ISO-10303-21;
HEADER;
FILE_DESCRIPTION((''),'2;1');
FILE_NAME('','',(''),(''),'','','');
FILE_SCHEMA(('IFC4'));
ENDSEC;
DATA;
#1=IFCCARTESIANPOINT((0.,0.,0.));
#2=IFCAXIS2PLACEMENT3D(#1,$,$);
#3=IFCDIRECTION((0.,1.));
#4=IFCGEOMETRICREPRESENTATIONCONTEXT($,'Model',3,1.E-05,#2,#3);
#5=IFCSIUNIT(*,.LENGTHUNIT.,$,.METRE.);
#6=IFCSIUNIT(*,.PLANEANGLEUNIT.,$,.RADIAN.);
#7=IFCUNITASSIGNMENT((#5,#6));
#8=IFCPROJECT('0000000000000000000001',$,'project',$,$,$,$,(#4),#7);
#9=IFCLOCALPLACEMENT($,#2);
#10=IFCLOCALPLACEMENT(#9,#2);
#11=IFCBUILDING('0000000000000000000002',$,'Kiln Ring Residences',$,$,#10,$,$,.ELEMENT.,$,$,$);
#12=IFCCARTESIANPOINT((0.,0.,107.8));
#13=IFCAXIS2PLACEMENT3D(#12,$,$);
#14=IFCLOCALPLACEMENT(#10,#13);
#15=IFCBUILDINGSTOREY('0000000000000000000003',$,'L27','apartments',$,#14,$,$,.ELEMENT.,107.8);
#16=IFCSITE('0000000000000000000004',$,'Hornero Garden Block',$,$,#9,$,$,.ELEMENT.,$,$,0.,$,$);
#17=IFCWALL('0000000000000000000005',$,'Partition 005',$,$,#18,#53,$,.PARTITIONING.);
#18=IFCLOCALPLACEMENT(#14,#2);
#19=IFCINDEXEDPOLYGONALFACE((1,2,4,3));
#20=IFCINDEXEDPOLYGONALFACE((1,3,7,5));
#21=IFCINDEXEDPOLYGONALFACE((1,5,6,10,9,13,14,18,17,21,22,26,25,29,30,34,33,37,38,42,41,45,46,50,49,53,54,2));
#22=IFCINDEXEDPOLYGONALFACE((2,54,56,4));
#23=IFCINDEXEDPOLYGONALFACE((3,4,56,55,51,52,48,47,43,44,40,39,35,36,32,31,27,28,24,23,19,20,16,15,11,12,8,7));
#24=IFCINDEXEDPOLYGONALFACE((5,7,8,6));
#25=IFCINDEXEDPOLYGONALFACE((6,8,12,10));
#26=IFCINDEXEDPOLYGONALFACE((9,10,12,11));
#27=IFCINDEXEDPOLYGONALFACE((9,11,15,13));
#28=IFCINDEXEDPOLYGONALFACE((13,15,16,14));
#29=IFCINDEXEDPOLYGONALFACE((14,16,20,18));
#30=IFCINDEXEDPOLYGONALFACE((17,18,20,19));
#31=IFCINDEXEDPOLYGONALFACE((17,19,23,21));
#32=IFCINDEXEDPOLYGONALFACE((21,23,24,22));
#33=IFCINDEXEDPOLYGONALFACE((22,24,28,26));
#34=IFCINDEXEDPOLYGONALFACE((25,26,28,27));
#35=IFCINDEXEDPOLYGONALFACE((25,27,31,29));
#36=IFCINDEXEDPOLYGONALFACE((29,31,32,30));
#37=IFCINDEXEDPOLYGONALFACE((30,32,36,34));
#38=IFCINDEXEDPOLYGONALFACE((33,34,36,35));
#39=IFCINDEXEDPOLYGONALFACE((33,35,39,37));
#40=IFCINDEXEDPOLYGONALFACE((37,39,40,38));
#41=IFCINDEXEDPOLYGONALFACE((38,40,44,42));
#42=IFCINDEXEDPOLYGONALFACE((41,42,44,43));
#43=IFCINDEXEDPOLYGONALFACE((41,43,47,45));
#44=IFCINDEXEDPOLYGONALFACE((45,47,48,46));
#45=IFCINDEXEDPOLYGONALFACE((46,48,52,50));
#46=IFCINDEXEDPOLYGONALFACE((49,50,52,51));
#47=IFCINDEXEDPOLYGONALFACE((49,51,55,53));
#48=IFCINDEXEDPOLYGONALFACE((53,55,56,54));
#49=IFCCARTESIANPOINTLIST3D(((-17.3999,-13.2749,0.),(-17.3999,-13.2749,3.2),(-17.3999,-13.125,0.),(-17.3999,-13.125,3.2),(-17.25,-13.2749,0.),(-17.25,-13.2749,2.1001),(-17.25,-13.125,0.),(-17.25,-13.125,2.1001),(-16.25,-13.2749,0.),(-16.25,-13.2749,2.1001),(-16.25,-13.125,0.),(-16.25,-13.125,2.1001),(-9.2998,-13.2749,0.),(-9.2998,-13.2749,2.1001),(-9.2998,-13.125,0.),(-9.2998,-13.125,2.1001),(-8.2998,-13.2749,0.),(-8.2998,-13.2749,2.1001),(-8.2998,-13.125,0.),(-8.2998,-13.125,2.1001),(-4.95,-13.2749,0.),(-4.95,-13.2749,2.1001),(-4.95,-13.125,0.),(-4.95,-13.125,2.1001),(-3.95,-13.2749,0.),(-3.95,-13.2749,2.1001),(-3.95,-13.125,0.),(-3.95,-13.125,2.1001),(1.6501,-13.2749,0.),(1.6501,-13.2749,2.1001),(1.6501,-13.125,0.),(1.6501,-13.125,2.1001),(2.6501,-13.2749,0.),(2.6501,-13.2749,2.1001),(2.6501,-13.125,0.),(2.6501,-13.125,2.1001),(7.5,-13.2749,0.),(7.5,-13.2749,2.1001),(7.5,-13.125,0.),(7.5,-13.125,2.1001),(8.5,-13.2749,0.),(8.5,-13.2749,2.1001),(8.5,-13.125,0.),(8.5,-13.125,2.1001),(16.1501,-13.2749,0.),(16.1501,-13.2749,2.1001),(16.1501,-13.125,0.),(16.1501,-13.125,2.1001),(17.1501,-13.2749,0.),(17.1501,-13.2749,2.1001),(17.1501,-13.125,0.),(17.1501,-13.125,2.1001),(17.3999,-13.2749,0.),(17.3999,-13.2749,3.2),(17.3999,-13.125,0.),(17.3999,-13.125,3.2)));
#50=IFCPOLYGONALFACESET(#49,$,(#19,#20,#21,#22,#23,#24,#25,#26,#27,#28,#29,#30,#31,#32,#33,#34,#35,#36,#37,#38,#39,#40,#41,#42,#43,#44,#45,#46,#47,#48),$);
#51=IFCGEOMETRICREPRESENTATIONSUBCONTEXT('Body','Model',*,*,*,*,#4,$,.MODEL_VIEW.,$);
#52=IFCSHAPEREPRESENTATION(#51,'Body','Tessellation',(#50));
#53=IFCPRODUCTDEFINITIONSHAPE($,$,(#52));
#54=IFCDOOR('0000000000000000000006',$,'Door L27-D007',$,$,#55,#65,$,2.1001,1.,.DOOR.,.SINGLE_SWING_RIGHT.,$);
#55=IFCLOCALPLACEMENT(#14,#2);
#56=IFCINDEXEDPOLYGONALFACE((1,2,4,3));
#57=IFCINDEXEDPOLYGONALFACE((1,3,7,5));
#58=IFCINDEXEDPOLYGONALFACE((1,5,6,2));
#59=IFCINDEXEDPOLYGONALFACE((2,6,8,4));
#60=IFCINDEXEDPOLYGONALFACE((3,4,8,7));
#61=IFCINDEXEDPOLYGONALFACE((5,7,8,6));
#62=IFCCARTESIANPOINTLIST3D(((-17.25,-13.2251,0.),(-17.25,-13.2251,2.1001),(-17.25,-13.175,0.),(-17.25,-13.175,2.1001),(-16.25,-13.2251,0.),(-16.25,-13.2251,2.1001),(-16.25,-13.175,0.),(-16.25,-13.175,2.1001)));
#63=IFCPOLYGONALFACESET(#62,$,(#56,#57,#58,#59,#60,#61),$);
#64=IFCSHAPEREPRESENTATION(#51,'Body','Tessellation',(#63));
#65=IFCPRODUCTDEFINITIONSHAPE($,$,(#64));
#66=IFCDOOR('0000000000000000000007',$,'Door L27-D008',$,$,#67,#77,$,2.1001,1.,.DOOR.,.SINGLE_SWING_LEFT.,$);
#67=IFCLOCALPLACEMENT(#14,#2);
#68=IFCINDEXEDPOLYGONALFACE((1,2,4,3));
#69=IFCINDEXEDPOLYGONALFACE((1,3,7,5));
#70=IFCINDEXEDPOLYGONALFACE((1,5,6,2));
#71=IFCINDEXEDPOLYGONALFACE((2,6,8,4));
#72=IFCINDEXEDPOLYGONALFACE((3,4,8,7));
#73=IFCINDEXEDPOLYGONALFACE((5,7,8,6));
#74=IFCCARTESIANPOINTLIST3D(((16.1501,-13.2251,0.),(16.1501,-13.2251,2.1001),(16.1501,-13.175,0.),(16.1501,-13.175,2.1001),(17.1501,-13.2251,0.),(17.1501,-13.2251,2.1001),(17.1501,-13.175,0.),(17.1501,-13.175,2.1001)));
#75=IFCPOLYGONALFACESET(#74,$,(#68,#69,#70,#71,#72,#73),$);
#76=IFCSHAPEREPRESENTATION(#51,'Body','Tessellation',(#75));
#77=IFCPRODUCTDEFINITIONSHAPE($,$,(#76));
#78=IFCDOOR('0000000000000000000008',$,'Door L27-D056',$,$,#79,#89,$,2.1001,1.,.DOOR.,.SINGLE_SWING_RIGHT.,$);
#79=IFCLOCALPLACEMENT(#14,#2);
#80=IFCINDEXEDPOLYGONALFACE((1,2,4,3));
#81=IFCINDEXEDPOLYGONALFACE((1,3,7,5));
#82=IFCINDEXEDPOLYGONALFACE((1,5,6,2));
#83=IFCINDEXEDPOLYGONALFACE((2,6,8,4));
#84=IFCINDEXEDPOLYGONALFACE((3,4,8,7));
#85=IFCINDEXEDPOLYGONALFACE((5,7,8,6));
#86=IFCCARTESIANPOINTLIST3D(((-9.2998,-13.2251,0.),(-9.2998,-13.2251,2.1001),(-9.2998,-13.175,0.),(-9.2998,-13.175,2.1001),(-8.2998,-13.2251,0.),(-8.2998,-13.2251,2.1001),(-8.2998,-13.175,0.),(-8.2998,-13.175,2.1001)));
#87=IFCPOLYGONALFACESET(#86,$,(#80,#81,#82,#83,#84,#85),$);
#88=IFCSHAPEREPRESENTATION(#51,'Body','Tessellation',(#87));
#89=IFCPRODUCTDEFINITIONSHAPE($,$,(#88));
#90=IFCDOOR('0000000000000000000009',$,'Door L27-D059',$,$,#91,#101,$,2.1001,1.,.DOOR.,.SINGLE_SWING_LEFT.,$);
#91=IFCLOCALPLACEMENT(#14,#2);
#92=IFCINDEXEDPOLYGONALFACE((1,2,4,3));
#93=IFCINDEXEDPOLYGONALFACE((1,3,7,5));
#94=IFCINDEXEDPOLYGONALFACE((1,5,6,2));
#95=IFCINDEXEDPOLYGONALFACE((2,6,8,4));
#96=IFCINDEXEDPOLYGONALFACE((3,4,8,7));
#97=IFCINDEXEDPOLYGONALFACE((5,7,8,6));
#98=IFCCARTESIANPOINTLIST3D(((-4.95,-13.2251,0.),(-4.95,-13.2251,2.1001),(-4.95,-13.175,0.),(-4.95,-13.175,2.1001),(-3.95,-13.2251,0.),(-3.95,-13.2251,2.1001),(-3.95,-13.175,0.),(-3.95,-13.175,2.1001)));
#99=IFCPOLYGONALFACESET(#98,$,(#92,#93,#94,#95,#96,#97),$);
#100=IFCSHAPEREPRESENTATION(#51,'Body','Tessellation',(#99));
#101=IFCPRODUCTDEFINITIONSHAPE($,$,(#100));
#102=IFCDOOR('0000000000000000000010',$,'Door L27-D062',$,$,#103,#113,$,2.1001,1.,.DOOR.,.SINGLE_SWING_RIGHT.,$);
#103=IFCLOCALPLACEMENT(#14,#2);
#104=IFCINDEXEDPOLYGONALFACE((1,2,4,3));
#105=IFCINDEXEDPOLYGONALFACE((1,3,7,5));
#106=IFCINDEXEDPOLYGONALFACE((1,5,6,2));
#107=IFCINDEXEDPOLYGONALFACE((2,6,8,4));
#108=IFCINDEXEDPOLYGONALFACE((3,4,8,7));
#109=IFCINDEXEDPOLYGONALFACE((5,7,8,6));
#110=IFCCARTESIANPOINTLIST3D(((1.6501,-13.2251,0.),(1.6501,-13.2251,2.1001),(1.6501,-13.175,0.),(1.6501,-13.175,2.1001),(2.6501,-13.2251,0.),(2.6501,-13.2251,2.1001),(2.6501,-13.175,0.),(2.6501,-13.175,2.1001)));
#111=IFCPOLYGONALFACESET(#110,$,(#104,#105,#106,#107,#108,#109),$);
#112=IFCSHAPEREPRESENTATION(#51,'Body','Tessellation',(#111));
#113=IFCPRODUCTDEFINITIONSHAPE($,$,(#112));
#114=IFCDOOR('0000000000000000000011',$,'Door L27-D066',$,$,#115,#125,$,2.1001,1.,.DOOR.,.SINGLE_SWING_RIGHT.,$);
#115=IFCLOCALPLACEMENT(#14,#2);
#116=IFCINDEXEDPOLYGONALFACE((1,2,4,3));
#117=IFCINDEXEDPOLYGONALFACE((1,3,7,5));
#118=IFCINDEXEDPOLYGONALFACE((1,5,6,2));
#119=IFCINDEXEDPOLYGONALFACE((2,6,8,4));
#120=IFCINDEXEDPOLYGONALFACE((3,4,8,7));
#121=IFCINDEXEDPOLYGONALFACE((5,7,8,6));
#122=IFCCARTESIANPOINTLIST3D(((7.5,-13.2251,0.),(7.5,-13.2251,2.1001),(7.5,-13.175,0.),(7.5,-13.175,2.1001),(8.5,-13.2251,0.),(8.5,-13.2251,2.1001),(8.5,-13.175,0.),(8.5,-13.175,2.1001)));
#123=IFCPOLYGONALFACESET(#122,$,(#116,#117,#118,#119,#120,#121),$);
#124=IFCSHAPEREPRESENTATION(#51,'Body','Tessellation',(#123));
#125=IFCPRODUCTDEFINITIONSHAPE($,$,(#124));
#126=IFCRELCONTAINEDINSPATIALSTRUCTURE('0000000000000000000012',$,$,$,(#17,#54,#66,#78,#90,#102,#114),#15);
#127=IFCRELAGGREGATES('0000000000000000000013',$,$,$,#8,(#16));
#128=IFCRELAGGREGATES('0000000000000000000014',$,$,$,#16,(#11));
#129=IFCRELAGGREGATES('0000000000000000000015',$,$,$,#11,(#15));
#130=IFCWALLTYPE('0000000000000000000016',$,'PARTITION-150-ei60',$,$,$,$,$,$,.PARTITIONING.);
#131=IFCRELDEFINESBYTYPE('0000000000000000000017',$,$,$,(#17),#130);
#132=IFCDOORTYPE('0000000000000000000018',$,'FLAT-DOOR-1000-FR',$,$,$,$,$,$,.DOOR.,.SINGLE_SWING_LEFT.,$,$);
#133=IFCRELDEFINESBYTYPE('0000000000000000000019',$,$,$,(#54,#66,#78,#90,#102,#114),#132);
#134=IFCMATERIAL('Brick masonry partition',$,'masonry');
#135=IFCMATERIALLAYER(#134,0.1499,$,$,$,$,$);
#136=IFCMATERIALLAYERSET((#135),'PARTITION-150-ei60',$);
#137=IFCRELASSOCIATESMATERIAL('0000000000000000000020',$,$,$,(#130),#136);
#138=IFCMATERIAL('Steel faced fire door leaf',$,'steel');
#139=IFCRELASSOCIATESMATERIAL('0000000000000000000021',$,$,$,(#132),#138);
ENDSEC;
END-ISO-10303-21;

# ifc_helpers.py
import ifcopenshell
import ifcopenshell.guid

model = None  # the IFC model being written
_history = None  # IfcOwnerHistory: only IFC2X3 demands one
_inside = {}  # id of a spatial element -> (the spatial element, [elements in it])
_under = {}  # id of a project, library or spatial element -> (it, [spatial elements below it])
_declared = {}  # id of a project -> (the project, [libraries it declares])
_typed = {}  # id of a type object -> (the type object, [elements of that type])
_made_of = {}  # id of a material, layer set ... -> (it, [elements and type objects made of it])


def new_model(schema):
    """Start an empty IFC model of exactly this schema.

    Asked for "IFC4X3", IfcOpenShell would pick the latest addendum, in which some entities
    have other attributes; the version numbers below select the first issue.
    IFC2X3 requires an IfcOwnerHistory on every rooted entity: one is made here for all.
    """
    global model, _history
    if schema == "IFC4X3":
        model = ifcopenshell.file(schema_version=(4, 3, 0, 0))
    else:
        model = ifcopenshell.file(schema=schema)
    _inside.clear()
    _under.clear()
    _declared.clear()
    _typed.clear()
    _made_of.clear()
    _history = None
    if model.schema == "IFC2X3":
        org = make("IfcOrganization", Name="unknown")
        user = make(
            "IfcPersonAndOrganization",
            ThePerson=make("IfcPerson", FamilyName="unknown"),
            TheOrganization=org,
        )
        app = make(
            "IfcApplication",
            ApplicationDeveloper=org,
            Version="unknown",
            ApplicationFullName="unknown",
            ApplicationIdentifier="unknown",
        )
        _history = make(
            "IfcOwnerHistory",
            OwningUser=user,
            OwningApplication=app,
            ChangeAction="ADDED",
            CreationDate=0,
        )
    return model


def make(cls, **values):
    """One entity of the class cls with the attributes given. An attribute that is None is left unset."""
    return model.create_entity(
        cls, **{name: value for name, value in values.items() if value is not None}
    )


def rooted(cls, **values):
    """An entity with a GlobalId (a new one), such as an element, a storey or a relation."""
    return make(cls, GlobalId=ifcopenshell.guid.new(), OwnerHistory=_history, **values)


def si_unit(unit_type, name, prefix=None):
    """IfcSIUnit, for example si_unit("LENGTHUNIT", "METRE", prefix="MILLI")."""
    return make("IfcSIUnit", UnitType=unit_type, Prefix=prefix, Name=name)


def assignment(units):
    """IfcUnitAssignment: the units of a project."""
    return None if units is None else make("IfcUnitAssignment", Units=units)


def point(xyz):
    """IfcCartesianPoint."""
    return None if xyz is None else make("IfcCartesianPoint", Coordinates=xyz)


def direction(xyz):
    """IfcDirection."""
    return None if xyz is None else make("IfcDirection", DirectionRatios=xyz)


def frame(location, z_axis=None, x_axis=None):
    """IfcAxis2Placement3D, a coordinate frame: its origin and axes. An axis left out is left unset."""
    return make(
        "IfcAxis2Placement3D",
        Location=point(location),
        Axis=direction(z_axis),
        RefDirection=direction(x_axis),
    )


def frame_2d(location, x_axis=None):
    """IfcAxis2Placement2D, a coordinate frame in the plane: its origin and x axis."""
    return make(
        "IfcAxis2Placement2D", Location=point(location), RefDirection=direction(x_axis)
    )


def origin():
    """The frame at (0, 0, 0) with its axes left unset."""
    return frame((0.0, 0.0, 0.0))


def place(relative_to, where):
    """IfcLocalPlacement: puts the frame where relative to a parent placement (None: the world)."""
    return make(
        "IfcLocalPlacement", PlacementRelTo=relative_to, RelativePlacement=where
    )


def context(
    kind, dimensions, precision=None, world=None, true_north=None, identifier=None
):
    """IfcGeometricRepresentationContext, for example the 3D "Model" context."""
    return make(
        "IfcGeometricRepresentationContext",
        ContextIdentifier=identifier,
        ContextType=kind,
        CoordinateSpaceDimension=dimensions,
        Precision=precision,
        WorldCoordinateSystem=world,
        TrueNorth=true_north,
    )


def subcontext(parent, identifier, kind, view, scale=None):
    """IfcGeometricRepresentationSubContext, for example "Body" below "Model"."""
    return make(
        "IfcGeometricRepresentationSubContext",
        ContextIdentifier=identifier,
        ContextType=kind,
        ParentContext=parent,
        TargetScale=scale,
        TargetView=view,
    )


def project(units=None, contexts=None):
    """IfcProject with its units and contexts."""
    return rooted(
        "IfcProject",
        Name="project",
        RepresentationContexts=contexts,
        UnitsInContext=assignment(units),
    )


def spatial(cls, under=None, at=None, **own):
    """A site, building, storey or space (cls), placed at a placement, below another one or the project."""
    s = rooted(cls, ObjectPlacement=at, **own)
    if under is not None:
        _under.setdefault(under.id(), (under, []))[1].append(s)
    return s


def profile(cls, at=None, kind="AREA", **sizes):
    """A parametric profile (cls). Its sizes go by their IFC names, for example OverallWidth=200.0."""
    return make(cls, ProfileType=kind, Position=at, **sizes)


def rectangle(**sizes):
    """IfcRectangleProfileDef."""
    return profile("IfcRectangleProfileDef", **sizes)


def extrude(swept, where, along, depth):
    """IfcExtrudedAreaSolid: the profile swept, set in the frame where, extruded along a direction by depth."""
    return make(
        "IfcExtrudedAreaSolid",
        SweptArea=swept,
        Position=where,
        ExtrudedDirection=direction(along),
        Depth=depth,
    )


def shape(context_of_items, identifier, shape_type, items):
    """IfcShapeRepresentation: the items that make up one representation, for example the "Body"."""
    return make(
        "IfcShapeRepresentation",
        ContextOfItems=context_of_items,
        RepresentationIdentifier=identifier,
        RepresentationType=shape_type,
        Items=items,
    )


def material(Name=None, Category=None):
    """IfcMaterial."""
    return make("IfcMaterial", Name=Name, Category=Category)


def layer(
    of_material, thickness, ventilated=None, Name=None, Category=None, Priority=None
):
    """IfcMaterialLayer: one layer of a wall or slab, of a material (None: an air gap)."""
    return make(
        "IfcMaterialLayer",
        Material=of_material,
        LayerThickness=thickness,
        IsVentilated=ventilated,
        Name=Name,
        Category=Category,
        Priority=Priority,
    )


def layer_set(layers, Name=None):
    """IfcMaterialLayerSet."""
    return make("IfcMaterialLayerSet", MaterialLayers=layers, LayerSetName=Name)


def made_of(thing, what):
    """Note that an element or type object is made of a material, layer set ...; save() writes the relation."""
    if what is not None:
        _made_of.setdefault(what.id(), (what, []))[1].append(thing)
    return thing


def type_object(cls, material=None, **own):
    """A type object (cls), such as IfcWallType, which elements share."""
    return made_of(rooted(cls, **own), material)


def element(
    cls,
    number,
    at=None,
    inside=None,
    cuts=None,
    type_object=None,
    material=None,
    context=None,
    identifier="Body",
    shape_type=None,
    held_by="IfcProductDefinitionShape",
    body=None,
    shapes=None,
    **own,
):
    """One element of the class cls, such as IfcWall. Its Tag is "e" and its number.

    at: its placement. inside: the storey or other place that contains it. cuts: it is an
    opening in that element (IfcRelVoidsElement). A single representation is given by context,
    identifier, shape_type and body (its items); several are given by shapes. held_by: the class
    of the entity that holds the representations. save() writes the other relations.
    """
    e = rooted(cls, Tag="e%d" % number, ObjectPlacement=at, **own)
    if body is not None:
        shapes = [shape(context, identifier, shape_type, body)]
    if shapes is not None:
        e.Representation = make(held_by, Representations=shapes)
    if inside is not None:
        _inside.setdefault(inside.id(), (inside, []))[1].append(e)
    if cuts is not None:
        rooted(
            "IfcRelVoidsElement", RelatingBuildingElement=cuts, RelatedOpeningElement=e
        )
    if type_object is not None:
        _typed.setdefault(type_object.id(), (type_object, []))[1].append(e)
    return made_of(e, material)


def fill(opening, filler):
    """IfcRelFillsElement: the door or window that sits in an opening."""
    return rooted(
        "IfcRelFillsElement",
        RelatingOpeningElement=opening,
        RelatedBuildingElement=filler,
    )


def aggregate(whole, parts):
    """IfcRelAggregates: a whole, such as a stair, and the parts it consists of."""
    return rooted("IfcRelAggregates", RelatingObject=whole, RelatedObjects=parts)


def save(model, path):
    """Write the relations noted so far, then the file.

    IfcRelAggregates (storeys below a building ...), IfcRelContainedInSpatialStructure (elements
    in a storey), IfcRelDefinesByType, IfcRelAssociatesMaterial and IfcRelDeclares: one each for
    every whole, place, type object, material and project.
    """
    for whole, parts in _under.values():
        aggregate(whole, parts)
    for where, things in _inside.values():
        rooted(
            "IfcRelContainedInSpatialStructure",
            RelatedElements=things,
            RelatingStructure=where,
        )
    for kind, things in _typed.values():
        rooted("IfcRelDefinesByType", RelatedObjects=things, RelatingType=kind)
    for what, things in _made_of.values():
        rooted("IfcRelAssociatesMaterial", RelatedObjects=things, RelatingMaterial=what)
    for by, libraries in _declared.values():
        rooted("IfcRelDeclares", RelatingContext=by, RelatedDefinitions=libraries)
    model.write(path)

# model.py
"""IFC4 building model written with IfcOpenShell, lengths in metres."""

from ifc_helpers import new_model, si_unit, direction, frame, frame_2d, origin, place, context, subcontext, project, spatial, rectangle, extrude, material, layer, layer_set, type_object, element, fill, save


model = new_model("IFC4")

# Units and contexts
model_context = context("Model", 3, precision=1e-05, world=origin(), true_north=direction((0.0, 1.0)))
body_context = subcontext(model_context, "Body", "Model", "MODEL_VIEW")
ifc_project = project(units=[si_unit("LENGTHUNIT", "METRE"), si_unit("PLANEANGLEUNIT", "RADIAN")], contexts=[model_context])

# Site, building, storey
site_placement = place(None, origin())
site = spatial("IfcSite", under=ifc_project, at=site_placement, Name="Hornero Garden Block", CompositionType="ELEMENT", RefElevation=0.0)
building_placement = place(site_placement, origin())
building = spatial("IfcBuilding", under=site, at=building_placement, Name="Kiln Ring Residences", CompositionType="ELEMENT")
storey_placement = place(building_placement, frame((0.0, 0.0, 107.8)))
storey = spatial("IfcBuildingStorey", under=building, at=storey_placement, Name="L27", Description="apartments", CompositionType="ELEMENT", Elevation=107.8)

# Wall, openings, doors
ifc_material_1 = material(Name="Brick masonry partition", Category="masonry")
ifc_layer_1 = layer(ifc_material_1, 0.1499)
ifc_layer_set_1 = layer_set([ifc_layer_1], Name="PARTITION-150-ei60")
wall_type_1 = type_object("IfcWallType", Name="PARTITION-150-ei60", PredefinedType="PARTITIONING", material=ifc_layer_set_1)
wall_1_placement = place(storey_placement, frame((-17.3999, -13.2, 0.0), z_axis=(0.0, 0.0, 1.0), x_axis=(1.0, 0.0, 0.0)))
wall_1 = element("IfcWall", 1, at=wall_1_placement, inside=storey, type_object=wall_type_1, Name="Partition 005", PredefinedType="PARTITIONING", context=body_context, shape_type="SweptSolid", body=[
    extrude(rectangle(XDim=34.7998, YDim=0.1499, at=frame_2d((17.3999, 0.0))), origin(), (0.0, 0.0, 1.0), 3.2),
])
opening_1_placement = place(wall_1_placement, frame((0.1499, 0.0, 0.0)))
opening_1 = element("IfcOpeningElement", 2, at=opening_1_placement, cuts=wall_1, PredefinedType="OPENING", context=body_context, shape_type="SweptSolid", body=[
    extrude(rectangle(XDim=1.0, YDim=2.1001, at=frame_2d((0.5, 1.05))), frame((0.0, 0.085, 0.0), z_axis=(0.0, -1.0, 0.0), x_axis=(1.0, 0.0, 0.0)), (0.0, 0.0, 1.0), 0.1699),
])
opening_2_placement = place(wall_1_placement, frame((33.55, 0.0, 0.0)))
opening_2 = element("IfcOpeningElement", 3, at=opening_2_placement, cuts=wall_1, PredefinedType="OPENING", context=body_context, shape_type="SweptSolid", body=[
    extrude(rectangle(XDim=1.0, YDim=2.1001, at=frame_2d((0.5, 1.05))), frame((0.0, 0.085, 0.0), z_axis=(0.0, -1.0, 0.0), x_axis=(1.0, 0.0, 0.0)), (0.0, 0.0, 1.0), 0.1699),
])
opening_3_placement = place(wall_1_placement, frame((8.1001, 0.0, 0.0)))
opening_3 = element("IfcOpeningElement", 4, at=opening_3_placement, cuts=wall_1, PredefinedType="OPENING", context=body_context, shape_type="SweptSolid", body=[
    extrude(rectangle(XDim=1.0, YDim=2.1001, at=frame_2d((0.5, 1.05))), frame((0.0, 0.085, 0.0), z_axis=(0.0, -1.0, 0.0), x_axis=(1.0, 0.0, 0.0)), (0.0, 0.0, 1.0), 0.1699),
])
opening_4_placement = place(wall_1_placement, frame((12.45, 0.0, 0.0)))
opening_4 = element("IfcOpeningElement", 5, at=opening_4_placement, cuts=wall_1, PredefinedType="OPENING", context=body_context, shape_type="SweptSolid", body=[
    extrude(rectangle(XDim=1.0, YDim=2.1001, at=frame_2d((0.5, 1.05))), frame((0.0, 0.085, 0.0), z_axis=(0.0, -1.0, 0.0), x_axis=(1.0, 0.0, 0.0)), (0.0, 0.0, 1.0), 0.1699),
])
opening_5_placement = place(wall_1_placement, frame((19.05, 0.0, 0.0)))
opening_5 = element("IfcOpeningElement", 6, at=opening_5_placement, cuts=wall_1, PredefinedType="OPENING", context=body_context, shape_type="SweptSolid", body=[
    extrude(rectangle(XDim=1.0, YDim=2.1001, at=frame_2d((0.5, 1.05))), frame((0.0, 0.085, 0.0), z_axis=(0.0, -1.0, 0.0), x_axis=(1.0, 0.0, 0.0)), (0.0, 0.0, 1.0), 0.1699),
])
opening_6_placement = place(wall_1_placement, frame((24.8999, 0.0, 0.0)))
opening_6 = element("IfcOpeningElement", 7, at=opening_6_placement, cuts=wall_1, PredefinedType="OPENING", context=body_context, shape_type="SweptSolid", body=[
    extrude(rectangle(XDim=1.0, YDim=2.1001, at=frame_2d((0.5, 1.05))), frame((0.0, 0.085, 0.0), z_axis=(0.0, -1.0, 0.0), x_axis=(1.0, 0.0, 0.0)), (0.0, 0.0, 1.0), 0.1699),
])
ifc_material_2 = material(Name="Steel faced fire door leaf", Category="steel")
door_type_1 = type_object("IfcDoorType", Name="FLAT-DOOR-1000-FR", OperationType="SINGLE_SWING_LEFT", PredefinedType="DOOR", material=ifc_material_2)
door_1_placement = place(opening_1_placement, origin())
door_1 = element("IfcDoor", 8, at=door_1_placement, inside=storey, type_object=door_type_1, Name="Door L27-D007", OperationType="SINGLE_SWING_RIGHT", OverallHeight=2.1001, OverallWidth=1.0, PredefinedType="DOOR", context=body_context, shape_type="SweptSolid", body=[
    extrude(rectangle(XDim=1.0, YDim=2.1001, at=frame_2d((0.5, 1.05))), frame((0.0, 0.0249, 0.0), z_axis=(0.0, -1.0, 0.0), x_axis=(1.0, 0.0, 0.0)), (0.0, 0.0, 1.0), 0.05),
])
fill(opening_1, door_1)
door_2_placement = place(opening_2_placement, origin())
door_2 = element("IfcDoor", 9, at=door_2_placement, inside=storey, type_object=door_type_1, Name="Door L27-D008", OperationType="SINGLE_SWING_LEFT", OverallHeight=2.1001, OverallWidth=1.0, PredefinedType="DOOR", context=body_context, shape_type="SweptSolid", body=[
    extrude(rectangle(XDim=1.0, YDim=2.1001, at=frame_2d((0.5, 1.05))), frame((0.0, 0.0249, 0.0), z_axis=(0.0, -1.0, 0.0), x_axis=(1.0, 0.0, 0.0)), (0.0, 0.0, 1.0), 0.05),
])
fill(opening_2, door_2)
door_3_placement = place(opening_3_placement, origin())
door_3 = element("IfcDoor", 10, at=door_3_placement, inside=storey, type_object=door_type_1, Name="Door L27-D056", OperationType="SINGLE_SWING_RIGHT", OverallHeight=2.1001, OverallWidth=1.0, PredefinedType="DOOR", context=body_context, shape_type="SweptSolid", body=[
    extrude(rectangle(XDim=1.0, YDim=2.1001, at=frame_2d((0.5, 1.05))), frame((0.0, 0.0249, 0.0), z_axis=(0.0, -1.0, 0.0), x_axis=(1.0, 0.0, 0.0)), (0.0, 0.0, 1.0), 0.05),
])
fill(opening_3, door_3)
door_4_placement = place(opening_4_placement, origin())
door_4 = element("IfcDoor", 11, at=door_4_placement, inside=storey, type_object=door_type_1, Name="Door L27-D059", OperationType="SINGLE_SWING_LEFT", OverallHeight=2.1001, OverallWidth=1.0, PredefinedType="DOOR", context=body_context, shape_type="SweptSolid", body=[
    extrude(rectangle(XDim=1.0, YDim=2.1001, at=frame_2d((0.5, 1.05))), frame((0.0, 0.0249, 0.0), z_axis=(0.0, -1.0, 0.0), x_axis=(1.0, 0.0, 0.0)), (0.0, 0.0, 1.0), 0.05),
])
fill(opening_4, door_4)
door_5_placement = place(opening_5_placement, origin())
door_5 = element("IfcDoor", 12, at=door_5_placement, inside=storey, type_object=door_type_1, Name="Door L27-D062", OperationType="SINGLE_SWING_RIGHT", OverallHeight=2.1001, OverallWidth=1.0, PredefinedType="DOOR", context=body_context, shape_type="SweptSolid", body=[
    extrude(rectangle(XDim=1.0, YDim=2.1001, at=frame_2d((0.5, 1.05))), frame((0.0, 0.0249, 0.0), z_axis=(0.0, -1.0, 0.0), x_axis=(1.0, 0.0, 0.0)), (0.0, 0.0, 1.0), 0.05),
])
fill(opening_5, door_5)
door_6_placement = place(opening_6_placement, origin())
door_6 = element("IfcDoor", 13, at=door_6_placement, inside=storey, type_object=door_type_1, Name="Door L27-D066", OperationType="SINGLE_SWING_RIGHT", OverallHeight=2.1001, OverallWidth=1.0, PredefinedType="DOOR", context=body_context, shape_type="SweptSolid", body=[
    extrude(rectangle(XDim=1.0, YDim=2.1001, at=frame_2d((0.5, 1.05))), frame((0.0, 0.0249, 0.0), z_axis=(0.0, -1.0, 0.0), x_axis=(1.0, 0.0, 0.0)), (0.0, 0.0, 1.0), 0.05),
])
fill(opening_6, door_6)

save(model, "model.ifc")
